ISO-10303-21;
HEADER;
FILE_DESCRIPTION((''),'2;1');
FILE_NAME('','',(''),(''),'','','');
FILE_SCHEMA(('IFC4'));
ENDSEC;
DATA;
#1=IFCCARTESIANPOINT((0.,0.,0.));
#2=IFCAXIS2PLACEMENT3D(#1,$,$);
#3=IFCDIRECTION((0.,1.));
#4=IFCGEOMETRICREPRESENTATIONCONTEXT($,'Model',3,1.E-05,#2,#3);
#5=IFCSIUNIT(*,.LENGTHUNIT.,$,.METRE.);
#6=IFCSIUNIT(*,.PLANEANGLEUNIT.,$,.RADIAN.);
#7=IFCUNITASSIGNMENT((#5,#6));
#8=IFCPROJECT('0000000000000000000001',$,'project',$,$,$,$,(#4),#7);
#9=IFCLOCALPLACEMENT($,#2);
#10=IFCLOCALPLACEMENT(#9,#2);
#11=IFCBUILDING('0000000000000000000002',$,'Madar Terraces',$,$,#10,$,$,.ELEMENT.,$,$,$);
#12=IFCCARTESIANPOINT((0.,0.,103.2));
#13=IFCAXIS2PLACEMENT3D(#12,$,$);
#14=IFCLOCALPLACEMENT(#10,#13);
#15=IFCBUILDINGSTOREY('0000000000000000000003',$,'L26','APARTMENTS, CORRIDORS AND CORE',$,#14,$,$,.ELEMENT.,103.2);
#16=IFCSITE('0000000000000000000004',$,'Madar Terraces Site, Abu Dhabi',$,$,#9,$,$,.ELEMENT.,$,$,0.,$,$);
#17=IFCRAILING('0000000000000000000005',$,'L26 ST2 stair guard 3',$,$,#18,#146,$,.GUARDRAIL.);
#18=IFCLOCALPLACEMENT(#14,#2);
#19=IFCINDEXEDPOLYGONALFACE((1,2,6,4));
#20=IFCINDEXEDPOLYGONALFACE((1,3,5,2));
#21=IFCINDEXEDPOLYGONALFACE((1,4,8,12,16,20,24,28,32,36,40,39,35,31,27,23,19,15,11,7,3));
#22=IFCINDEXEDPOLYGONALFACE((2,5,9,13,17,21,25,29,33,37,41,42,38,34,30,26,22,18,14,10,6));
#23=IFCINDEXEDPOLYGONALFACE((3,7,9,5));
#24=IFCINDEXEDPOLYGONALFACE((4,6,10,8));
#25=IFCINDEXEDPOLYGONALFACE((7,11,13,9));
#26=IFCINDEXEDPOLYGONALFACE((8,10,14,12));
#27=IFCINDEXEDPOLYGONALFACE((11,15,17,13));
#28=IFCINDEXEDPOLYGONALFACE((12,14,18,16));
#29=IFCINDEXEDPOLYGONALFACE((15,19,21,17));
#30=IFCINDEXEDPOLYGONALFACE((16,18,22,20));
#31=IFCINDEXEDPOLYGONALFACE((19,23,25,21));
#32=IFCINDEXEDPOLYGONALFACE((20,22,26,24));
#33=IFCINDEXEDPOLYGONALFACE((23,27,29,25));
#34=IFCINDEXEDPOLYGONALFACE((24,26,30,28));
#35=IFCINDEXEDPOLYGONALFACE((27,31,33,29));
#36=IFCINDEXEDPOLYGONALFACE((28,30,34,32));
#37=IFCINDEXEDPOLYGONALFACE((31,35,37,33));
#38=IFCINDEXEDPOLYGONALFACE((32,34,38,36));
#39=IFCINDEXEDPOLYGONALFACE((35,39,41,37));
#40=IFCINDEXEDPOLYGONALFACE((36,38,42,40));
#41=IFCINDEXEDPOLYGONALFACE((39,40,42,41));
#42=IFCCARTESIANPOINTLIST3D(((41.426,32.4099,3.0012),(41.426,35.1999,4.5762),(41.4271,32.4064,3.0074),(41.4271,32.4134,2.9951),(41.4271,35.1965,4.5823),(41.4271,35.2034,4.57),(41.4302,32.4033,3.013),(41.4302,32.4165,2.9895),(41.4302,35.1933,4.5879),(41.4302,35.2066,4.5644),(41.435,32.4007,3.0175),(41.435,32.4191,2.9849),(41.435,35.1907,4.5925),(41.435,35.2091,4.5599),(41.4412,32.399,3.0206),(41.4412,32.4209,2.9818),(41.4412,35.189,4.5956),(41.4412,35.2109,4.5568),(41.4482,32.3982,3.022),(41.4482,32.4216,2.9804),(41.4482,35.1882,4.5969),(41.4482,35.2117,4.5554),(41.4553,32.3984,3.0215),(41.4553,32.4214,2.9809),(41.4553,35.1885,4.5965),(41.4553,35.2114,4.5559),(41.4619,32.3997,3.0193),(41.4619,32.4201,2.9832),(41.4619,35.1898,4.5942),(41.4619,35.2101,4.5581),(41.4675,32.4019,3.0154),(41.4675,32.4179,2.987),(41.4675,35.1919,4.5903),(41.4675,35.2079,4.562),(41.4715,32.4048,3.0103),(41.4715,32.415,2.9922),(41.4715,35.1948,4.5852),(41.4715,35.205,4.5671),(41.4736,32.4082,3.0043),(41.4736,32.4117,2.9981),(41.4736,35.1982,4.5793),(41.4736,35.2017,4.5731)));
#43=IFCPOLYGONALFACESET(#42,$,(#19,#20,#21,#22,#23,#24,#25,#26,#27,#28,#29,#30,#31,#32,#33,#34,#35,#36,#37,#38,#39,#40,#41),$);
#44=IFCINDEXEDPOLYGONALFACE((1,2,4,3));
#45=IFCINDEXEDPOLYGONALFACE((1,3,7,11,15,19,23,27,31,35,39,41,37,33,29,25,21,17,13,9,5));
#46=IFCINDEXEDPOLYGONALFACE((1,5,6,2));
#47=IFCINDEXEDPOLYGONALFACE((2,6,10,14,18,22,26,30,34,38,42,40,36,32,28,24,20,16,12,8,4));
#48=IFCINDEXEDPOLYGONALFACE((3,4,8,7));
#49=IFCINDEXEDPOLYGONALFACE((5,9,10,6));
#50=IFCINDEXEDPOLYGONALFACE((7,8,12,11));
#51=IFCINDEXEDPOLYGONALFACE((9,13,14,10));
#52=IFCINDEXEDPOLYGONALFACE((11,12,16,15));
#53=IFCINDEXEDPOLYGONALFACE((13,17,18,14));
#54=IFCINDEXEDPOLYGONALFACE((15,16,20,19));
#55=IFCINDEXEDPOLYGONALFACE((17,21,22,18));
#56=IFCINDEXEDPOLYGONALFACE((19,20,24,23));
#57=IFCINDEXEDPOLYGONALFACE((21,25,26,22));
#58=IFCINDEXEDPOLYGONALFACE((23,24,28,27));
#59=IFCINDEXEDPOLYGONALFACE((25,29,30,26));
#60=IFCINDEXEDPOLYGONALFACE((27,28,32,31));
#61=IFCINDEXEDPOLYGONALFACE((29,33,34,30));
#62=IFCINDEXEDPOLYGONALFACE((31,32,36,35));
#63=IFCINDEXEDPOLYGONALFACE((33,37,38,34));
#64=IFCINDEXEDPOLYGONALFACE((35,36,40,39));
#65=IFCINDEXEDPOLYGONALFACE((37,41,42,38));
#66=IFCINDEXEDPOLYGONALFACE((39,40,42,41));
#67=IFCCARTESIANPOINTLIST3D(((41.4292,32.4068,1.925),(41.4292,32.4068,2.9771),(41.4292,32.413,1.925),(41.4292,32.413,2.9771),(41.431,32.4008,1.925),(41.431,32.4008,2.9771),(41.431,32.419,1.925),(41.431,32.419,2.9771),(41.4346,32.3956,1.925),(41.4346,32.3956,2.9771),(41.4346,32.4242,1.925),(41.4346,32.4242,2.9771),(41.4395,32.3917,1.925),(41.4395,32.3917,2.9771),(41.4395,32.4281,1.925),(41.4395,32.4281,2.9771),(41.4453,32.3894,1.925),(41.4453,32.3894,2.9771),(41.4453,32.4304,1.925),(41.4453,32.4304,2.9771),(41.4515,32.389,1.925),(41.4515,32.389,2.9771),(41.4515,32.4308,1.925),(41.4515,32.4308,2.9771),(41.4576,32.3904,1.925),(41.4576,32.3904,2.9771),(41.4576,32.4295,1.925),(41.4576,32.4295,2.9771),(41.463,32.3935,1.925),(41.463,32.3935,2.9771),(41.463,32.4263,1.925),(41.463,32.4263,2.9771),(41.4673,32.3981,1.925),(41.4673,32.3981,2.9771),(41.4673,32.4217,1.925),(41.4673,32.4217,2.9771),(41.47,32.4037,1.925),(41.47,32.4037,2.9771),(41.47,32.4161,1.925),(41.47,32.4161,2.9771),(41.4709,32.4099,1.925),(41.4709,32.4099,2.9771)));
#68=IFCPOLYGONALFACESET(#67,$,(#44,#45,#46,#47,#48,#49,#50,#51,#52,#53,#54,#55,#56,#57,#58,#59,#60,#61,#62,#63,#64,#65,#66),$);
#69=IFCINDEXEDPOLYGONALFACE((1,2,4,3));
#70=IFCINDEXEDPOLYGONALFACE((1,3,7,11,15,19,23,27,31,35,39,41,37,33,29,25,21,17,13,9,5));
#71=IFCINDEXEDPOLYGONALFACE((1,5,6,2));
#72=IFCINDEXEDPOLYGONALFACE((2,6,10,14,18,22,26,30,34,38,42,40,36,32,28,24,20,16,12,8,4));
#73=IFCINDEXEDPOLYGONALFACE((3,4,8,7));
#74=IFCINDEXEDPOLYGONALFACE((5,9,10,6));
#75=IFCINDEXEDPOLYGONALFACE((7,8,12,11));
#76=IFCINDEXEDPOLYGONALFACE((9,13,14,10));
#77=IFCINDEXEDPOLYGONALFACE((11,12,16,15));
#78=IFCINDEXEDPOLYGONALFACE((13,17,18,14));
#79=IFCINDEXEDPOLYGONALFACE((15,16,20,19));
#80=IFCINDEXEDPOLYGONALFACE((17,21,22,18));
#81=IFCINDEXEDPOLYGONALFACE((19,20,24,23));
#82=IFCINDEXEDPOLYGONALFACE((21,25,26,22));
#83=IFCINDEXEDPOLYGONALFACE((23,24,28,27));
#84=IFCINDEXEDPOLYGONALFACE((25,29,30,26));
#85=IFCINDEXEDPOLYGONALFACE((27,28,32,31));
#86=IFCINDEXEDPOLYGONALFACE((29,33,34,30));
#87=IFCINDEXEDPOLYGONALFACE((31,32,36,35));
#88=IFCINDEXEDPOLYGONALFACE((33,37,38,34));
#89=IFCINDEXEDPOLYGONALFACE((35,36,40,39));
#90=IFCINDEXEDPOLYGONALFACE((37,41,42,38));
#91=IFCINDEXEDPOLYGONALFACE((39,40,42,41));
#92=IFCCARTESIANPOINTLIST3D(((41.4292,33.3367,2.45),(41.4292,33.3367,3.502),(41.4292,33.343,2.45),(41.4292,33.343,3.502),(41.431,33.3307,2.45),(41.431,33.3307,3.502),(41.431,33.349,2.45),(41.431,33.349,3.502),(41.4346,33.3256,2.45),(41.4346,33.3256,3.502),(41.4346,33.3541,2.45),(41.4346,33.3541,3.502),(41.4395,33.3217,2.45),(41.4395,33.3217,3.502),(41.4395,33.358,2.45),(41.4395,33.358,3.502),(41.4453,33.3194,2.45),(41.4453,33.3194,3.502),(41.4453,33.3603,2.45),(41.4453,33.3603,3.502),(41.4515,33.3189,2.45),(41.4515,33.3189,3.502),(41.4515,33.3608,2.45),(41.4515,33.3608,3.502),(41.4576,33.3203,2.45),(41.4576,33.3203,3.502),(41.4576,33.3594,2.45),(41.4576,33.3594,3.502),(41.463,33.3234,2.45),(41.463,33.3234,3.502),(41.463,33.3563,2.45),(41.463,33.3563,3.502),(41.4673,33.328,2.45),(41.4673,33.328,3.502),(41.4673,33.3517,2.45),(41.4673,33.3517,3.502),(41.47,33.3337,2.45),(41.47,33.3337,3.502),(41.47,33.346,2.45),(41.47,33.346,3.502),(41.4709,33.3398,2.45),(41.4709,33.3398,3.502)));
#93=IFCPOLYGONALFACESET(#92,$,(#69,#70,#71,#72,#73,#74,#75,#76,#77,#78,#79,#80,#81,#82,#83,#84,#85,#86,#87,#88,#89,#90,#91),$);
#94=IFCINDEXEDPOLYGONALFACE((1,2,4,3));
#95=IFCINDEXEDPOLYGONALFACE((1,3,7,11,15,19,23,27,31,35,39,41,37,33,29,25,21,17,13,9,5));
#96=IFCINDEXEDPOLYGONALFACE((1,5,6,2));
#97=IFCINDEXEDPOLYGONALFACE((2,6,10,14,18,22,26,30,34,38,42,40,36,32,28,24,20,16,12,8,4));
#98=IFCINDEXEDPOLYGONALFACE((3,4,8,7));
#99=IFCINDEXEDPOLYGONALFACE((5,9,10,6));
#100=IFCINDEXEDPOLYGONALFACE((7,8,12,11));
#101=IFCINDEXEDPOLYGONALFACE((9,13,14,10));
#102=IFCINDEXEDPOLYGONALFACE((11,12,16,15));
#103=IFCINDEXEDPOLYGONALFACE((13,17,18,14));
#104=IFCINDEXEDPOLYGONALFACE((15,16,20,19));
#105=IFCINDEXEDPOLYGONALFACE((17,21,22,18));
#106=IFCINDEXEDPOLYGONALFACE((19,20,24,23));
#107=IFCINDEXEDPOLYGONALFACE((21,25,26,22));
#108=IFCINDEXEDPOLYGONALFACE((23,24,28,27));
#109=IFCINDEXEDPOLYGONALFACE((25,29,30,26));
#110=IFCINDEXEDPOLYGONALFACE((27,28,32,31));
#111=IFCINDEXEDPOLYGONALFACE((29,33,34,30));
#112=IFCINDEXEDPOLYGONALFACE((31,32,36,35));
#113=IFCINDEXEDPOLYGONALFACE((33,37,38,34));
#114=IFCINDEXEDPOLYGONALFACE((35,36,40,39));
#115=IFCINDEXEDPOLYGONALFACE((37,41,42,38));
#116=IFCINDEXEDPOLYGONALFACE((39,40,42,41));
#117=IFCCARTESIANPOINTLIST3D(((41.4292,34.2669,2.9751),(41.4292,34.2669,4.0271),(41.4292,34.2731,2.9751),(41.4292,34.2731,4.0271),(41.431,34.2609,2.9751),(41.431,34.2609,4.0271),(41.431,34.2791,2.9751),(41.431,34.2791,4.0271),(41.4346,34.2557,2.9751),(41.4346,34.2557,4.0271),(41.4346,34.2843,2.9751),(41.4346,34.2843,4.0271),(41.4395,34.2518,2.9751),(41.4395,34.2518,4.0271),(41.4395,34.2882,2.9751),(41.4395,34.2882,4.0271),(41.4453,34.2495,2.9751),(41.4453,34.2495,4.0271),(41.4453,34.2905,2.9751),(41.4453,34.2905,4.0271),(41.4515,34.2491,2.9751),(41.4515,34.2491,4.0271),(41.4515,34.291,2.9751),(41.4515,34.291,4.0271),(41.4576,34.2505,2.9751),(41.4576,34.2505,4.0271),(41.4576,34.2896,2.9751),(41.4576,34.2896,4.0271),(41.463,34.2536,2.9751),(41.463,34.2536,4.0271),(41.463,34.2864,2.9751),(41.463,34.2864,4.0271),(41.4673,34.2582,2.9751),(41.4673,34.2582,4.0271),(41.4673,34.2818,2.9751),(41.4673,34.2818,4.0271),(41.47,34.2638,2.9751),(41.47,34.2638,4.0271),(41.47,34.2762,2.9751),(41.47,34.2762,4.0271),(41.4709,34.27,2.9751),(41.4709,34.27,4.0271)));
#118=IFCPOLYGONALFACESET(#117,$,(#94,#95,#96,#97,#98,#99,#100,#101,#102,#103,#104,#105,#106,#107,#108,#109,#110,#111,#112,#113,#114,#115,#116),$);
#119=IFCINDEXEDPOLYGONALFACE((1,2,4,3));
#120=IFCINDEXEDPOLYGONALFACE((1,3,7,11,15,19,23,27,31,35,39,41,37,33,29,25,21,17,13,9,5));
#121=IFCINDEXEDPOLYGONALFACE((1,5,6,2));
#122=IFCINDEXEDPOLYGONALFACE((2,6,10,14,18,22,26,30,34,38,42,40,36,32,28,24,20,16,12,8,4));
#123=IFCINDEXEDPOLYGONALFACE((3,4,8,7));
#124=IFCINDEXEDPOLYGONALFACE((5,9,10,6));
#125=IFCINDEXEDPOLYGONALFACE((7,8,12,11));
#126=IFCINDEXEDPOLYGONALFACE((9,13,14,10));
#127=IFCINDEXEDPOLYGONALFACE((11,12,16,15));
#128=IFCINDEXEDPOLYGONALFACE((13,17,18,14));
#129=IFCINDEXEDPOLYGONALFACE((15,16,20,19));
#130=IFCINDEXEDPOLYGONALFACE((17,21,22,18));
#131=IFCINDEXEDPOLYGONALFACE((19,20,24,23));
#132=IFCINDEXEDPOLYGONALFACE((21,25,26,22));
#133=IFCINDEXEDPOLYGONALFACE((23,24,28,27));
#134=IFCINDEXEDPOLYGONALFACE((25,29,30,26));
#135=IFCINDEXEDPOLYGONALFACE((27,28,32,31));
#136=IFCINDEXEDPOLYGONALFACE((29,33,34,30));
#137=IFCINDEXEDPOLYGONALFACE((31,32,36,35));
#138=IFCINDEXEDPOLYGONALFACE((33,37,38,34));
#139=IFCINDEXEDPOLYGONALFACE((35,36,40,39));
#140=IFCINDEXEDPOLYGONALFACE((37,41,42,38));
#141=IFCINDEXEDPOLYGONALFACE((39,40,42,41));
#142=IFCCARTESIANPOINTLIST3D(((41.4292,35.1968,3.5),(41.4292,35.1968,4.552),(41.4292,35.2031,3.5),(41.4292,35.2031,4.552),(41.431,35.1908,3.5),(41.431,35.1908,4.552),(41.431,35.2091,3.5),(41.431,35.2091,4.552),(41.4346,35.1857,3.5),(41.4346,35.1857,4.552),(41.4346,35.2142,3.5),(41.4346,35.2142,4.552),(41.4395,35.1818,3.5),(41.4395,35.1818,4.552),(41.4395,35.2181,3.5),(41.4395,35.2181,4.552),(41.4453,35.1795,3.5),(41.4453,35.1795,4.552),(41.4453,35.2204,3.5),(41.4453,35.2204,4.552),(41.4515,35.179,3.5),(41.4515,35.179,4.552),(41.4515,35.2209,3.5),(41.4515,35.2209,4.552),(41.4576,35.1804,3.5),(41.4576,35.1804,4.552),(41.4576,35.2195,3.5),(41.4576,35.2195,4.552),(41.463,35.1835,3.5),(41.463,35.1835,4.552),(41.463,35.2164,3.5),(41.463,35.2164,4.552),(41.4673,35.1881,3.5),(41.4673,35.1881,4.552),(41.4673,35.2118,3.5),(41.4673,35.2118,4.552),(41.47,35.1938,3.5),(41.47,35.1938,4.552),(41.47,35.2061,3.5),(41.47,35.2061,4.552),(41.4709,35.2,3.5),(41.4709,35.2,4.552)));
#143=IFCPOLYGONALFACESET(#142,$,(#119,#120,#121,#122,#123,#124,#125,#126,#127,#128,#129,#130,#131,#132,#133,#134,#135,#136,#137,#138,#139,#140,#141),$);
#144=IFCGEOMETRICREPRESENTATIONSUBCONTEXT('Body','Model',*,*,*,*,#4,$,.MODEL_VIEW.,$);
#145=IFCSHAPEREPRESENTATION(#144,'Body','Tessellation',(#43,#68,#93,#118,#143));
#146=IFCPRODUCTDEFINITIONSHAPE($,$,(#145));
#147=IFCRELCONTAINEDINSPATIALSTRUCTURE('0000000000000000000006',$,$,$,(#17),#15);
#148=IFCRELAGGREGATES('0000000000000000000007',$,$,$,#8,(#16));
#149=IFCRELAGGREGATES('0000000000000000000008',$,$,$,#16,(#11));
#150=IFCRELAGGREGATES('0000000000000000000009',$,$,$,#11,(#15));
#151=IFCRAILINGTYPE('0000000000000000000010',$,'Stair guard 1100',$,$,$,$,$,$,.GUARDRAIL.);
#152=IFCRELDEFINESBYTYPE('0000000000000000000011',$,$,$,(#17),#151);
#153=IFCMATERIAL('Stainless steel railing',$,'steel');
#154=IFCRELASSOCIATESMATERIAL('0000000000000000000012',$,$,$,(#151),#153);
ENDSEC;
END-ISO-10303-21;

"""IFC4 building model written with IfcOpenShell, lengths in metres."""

from ifc_helpers import new_model, si_unit, direction, frame, origin, origin_2d, place, context, subcontext, project, spatial, circle, extrude, material, type_object, element, save


model = new_model("IFC4")

# Units and contexts
model_context = context("Model", 3, precision=1e-05, world=origin(), true_north=direction((0.0, 1.0)))
body_context = subcontext(model_context, "Body", "Model", "MODEL_VIEW")
ifc_project = project(units=[si_unit("LENGTHUNIT", "METRE"), si_unit("PLANEANGLEUNIT", "RADIAN")], contexts=[model_context])

# Site, building, storey
site_placement = place(None, origin())
site = spatial("IfcSite", under=ifc_project, at=site_placement, Name="Madar Terraces Site, Abu Dhabi", CompositionType="ELEMENT", RefElevation=0.0)
building_placement = place(site_placement, origin())
building = spatial("IfcBuilding", under=site, at=building_placement, Name="Madar Terraces", CompositionType="ELEMENT")
storey_placement = place(building_placement, frame((0.0, 0.0, 103.2)))
storey = spatial("IfcBuildingStorey", under=building, at=storey_placement, Name="L26", Description="APARTMENTS, CORRIDORS AND CORE", CompositionType="ELEMENT", Elevation=103.2)

# Railing
ifc_material_1 = material(Name="Stainless steel railing", Category="steel")
railing_type_1 = type_object("IfcRailingType", Name="Stair guard 1100", PredefinedType="GUARDRAIL", material=ifc_material_1)
railing_1_placement = place(storey_placement, frame((41.45, 32.4099, 1.925)))
element("IfcRailing", 1, at=railing_1_placement, inside=storey, type_object=railing_type_1, Name="L26 ST2 stair guard 3", PredefinedType="GUARDRAIL", context=body_context, shape_type="SweptSolid", body=[
    extrude(circle(Radius=0.0239, at=origin_2d()), frame((0.0, 0.0, 1.0762), z_axis=(0.0, 0.870834, 0.491578), x_axis=(-1.0, 0.0, 0.0)), (0.0, 0.0, 1.0), 3.2039),
    extrude(circle(Radius=0.021, at=origin_2d()), origin(), (0.0, 0.0, 1.0), 1.052),
    extrude(circle(Radius=0.021, at=origin_2d()), frame((0.0, 0.9299, 0.5249)), (0.0, 0.0, 1.0), 1.052),
    extrude(circle(Radius=0.021, at=origin_2d()), frame((0.0, 1.8601, 1.05)), (0.0, 0.0, 1.0), 1.052),
    extrude(circle(Radius=0.021, at=origin_2d()), frame((0.0, 2.79, 1.575)), (0.0, 0.0, 1.0), 1.052),
])

save(model, "model.ifc")
